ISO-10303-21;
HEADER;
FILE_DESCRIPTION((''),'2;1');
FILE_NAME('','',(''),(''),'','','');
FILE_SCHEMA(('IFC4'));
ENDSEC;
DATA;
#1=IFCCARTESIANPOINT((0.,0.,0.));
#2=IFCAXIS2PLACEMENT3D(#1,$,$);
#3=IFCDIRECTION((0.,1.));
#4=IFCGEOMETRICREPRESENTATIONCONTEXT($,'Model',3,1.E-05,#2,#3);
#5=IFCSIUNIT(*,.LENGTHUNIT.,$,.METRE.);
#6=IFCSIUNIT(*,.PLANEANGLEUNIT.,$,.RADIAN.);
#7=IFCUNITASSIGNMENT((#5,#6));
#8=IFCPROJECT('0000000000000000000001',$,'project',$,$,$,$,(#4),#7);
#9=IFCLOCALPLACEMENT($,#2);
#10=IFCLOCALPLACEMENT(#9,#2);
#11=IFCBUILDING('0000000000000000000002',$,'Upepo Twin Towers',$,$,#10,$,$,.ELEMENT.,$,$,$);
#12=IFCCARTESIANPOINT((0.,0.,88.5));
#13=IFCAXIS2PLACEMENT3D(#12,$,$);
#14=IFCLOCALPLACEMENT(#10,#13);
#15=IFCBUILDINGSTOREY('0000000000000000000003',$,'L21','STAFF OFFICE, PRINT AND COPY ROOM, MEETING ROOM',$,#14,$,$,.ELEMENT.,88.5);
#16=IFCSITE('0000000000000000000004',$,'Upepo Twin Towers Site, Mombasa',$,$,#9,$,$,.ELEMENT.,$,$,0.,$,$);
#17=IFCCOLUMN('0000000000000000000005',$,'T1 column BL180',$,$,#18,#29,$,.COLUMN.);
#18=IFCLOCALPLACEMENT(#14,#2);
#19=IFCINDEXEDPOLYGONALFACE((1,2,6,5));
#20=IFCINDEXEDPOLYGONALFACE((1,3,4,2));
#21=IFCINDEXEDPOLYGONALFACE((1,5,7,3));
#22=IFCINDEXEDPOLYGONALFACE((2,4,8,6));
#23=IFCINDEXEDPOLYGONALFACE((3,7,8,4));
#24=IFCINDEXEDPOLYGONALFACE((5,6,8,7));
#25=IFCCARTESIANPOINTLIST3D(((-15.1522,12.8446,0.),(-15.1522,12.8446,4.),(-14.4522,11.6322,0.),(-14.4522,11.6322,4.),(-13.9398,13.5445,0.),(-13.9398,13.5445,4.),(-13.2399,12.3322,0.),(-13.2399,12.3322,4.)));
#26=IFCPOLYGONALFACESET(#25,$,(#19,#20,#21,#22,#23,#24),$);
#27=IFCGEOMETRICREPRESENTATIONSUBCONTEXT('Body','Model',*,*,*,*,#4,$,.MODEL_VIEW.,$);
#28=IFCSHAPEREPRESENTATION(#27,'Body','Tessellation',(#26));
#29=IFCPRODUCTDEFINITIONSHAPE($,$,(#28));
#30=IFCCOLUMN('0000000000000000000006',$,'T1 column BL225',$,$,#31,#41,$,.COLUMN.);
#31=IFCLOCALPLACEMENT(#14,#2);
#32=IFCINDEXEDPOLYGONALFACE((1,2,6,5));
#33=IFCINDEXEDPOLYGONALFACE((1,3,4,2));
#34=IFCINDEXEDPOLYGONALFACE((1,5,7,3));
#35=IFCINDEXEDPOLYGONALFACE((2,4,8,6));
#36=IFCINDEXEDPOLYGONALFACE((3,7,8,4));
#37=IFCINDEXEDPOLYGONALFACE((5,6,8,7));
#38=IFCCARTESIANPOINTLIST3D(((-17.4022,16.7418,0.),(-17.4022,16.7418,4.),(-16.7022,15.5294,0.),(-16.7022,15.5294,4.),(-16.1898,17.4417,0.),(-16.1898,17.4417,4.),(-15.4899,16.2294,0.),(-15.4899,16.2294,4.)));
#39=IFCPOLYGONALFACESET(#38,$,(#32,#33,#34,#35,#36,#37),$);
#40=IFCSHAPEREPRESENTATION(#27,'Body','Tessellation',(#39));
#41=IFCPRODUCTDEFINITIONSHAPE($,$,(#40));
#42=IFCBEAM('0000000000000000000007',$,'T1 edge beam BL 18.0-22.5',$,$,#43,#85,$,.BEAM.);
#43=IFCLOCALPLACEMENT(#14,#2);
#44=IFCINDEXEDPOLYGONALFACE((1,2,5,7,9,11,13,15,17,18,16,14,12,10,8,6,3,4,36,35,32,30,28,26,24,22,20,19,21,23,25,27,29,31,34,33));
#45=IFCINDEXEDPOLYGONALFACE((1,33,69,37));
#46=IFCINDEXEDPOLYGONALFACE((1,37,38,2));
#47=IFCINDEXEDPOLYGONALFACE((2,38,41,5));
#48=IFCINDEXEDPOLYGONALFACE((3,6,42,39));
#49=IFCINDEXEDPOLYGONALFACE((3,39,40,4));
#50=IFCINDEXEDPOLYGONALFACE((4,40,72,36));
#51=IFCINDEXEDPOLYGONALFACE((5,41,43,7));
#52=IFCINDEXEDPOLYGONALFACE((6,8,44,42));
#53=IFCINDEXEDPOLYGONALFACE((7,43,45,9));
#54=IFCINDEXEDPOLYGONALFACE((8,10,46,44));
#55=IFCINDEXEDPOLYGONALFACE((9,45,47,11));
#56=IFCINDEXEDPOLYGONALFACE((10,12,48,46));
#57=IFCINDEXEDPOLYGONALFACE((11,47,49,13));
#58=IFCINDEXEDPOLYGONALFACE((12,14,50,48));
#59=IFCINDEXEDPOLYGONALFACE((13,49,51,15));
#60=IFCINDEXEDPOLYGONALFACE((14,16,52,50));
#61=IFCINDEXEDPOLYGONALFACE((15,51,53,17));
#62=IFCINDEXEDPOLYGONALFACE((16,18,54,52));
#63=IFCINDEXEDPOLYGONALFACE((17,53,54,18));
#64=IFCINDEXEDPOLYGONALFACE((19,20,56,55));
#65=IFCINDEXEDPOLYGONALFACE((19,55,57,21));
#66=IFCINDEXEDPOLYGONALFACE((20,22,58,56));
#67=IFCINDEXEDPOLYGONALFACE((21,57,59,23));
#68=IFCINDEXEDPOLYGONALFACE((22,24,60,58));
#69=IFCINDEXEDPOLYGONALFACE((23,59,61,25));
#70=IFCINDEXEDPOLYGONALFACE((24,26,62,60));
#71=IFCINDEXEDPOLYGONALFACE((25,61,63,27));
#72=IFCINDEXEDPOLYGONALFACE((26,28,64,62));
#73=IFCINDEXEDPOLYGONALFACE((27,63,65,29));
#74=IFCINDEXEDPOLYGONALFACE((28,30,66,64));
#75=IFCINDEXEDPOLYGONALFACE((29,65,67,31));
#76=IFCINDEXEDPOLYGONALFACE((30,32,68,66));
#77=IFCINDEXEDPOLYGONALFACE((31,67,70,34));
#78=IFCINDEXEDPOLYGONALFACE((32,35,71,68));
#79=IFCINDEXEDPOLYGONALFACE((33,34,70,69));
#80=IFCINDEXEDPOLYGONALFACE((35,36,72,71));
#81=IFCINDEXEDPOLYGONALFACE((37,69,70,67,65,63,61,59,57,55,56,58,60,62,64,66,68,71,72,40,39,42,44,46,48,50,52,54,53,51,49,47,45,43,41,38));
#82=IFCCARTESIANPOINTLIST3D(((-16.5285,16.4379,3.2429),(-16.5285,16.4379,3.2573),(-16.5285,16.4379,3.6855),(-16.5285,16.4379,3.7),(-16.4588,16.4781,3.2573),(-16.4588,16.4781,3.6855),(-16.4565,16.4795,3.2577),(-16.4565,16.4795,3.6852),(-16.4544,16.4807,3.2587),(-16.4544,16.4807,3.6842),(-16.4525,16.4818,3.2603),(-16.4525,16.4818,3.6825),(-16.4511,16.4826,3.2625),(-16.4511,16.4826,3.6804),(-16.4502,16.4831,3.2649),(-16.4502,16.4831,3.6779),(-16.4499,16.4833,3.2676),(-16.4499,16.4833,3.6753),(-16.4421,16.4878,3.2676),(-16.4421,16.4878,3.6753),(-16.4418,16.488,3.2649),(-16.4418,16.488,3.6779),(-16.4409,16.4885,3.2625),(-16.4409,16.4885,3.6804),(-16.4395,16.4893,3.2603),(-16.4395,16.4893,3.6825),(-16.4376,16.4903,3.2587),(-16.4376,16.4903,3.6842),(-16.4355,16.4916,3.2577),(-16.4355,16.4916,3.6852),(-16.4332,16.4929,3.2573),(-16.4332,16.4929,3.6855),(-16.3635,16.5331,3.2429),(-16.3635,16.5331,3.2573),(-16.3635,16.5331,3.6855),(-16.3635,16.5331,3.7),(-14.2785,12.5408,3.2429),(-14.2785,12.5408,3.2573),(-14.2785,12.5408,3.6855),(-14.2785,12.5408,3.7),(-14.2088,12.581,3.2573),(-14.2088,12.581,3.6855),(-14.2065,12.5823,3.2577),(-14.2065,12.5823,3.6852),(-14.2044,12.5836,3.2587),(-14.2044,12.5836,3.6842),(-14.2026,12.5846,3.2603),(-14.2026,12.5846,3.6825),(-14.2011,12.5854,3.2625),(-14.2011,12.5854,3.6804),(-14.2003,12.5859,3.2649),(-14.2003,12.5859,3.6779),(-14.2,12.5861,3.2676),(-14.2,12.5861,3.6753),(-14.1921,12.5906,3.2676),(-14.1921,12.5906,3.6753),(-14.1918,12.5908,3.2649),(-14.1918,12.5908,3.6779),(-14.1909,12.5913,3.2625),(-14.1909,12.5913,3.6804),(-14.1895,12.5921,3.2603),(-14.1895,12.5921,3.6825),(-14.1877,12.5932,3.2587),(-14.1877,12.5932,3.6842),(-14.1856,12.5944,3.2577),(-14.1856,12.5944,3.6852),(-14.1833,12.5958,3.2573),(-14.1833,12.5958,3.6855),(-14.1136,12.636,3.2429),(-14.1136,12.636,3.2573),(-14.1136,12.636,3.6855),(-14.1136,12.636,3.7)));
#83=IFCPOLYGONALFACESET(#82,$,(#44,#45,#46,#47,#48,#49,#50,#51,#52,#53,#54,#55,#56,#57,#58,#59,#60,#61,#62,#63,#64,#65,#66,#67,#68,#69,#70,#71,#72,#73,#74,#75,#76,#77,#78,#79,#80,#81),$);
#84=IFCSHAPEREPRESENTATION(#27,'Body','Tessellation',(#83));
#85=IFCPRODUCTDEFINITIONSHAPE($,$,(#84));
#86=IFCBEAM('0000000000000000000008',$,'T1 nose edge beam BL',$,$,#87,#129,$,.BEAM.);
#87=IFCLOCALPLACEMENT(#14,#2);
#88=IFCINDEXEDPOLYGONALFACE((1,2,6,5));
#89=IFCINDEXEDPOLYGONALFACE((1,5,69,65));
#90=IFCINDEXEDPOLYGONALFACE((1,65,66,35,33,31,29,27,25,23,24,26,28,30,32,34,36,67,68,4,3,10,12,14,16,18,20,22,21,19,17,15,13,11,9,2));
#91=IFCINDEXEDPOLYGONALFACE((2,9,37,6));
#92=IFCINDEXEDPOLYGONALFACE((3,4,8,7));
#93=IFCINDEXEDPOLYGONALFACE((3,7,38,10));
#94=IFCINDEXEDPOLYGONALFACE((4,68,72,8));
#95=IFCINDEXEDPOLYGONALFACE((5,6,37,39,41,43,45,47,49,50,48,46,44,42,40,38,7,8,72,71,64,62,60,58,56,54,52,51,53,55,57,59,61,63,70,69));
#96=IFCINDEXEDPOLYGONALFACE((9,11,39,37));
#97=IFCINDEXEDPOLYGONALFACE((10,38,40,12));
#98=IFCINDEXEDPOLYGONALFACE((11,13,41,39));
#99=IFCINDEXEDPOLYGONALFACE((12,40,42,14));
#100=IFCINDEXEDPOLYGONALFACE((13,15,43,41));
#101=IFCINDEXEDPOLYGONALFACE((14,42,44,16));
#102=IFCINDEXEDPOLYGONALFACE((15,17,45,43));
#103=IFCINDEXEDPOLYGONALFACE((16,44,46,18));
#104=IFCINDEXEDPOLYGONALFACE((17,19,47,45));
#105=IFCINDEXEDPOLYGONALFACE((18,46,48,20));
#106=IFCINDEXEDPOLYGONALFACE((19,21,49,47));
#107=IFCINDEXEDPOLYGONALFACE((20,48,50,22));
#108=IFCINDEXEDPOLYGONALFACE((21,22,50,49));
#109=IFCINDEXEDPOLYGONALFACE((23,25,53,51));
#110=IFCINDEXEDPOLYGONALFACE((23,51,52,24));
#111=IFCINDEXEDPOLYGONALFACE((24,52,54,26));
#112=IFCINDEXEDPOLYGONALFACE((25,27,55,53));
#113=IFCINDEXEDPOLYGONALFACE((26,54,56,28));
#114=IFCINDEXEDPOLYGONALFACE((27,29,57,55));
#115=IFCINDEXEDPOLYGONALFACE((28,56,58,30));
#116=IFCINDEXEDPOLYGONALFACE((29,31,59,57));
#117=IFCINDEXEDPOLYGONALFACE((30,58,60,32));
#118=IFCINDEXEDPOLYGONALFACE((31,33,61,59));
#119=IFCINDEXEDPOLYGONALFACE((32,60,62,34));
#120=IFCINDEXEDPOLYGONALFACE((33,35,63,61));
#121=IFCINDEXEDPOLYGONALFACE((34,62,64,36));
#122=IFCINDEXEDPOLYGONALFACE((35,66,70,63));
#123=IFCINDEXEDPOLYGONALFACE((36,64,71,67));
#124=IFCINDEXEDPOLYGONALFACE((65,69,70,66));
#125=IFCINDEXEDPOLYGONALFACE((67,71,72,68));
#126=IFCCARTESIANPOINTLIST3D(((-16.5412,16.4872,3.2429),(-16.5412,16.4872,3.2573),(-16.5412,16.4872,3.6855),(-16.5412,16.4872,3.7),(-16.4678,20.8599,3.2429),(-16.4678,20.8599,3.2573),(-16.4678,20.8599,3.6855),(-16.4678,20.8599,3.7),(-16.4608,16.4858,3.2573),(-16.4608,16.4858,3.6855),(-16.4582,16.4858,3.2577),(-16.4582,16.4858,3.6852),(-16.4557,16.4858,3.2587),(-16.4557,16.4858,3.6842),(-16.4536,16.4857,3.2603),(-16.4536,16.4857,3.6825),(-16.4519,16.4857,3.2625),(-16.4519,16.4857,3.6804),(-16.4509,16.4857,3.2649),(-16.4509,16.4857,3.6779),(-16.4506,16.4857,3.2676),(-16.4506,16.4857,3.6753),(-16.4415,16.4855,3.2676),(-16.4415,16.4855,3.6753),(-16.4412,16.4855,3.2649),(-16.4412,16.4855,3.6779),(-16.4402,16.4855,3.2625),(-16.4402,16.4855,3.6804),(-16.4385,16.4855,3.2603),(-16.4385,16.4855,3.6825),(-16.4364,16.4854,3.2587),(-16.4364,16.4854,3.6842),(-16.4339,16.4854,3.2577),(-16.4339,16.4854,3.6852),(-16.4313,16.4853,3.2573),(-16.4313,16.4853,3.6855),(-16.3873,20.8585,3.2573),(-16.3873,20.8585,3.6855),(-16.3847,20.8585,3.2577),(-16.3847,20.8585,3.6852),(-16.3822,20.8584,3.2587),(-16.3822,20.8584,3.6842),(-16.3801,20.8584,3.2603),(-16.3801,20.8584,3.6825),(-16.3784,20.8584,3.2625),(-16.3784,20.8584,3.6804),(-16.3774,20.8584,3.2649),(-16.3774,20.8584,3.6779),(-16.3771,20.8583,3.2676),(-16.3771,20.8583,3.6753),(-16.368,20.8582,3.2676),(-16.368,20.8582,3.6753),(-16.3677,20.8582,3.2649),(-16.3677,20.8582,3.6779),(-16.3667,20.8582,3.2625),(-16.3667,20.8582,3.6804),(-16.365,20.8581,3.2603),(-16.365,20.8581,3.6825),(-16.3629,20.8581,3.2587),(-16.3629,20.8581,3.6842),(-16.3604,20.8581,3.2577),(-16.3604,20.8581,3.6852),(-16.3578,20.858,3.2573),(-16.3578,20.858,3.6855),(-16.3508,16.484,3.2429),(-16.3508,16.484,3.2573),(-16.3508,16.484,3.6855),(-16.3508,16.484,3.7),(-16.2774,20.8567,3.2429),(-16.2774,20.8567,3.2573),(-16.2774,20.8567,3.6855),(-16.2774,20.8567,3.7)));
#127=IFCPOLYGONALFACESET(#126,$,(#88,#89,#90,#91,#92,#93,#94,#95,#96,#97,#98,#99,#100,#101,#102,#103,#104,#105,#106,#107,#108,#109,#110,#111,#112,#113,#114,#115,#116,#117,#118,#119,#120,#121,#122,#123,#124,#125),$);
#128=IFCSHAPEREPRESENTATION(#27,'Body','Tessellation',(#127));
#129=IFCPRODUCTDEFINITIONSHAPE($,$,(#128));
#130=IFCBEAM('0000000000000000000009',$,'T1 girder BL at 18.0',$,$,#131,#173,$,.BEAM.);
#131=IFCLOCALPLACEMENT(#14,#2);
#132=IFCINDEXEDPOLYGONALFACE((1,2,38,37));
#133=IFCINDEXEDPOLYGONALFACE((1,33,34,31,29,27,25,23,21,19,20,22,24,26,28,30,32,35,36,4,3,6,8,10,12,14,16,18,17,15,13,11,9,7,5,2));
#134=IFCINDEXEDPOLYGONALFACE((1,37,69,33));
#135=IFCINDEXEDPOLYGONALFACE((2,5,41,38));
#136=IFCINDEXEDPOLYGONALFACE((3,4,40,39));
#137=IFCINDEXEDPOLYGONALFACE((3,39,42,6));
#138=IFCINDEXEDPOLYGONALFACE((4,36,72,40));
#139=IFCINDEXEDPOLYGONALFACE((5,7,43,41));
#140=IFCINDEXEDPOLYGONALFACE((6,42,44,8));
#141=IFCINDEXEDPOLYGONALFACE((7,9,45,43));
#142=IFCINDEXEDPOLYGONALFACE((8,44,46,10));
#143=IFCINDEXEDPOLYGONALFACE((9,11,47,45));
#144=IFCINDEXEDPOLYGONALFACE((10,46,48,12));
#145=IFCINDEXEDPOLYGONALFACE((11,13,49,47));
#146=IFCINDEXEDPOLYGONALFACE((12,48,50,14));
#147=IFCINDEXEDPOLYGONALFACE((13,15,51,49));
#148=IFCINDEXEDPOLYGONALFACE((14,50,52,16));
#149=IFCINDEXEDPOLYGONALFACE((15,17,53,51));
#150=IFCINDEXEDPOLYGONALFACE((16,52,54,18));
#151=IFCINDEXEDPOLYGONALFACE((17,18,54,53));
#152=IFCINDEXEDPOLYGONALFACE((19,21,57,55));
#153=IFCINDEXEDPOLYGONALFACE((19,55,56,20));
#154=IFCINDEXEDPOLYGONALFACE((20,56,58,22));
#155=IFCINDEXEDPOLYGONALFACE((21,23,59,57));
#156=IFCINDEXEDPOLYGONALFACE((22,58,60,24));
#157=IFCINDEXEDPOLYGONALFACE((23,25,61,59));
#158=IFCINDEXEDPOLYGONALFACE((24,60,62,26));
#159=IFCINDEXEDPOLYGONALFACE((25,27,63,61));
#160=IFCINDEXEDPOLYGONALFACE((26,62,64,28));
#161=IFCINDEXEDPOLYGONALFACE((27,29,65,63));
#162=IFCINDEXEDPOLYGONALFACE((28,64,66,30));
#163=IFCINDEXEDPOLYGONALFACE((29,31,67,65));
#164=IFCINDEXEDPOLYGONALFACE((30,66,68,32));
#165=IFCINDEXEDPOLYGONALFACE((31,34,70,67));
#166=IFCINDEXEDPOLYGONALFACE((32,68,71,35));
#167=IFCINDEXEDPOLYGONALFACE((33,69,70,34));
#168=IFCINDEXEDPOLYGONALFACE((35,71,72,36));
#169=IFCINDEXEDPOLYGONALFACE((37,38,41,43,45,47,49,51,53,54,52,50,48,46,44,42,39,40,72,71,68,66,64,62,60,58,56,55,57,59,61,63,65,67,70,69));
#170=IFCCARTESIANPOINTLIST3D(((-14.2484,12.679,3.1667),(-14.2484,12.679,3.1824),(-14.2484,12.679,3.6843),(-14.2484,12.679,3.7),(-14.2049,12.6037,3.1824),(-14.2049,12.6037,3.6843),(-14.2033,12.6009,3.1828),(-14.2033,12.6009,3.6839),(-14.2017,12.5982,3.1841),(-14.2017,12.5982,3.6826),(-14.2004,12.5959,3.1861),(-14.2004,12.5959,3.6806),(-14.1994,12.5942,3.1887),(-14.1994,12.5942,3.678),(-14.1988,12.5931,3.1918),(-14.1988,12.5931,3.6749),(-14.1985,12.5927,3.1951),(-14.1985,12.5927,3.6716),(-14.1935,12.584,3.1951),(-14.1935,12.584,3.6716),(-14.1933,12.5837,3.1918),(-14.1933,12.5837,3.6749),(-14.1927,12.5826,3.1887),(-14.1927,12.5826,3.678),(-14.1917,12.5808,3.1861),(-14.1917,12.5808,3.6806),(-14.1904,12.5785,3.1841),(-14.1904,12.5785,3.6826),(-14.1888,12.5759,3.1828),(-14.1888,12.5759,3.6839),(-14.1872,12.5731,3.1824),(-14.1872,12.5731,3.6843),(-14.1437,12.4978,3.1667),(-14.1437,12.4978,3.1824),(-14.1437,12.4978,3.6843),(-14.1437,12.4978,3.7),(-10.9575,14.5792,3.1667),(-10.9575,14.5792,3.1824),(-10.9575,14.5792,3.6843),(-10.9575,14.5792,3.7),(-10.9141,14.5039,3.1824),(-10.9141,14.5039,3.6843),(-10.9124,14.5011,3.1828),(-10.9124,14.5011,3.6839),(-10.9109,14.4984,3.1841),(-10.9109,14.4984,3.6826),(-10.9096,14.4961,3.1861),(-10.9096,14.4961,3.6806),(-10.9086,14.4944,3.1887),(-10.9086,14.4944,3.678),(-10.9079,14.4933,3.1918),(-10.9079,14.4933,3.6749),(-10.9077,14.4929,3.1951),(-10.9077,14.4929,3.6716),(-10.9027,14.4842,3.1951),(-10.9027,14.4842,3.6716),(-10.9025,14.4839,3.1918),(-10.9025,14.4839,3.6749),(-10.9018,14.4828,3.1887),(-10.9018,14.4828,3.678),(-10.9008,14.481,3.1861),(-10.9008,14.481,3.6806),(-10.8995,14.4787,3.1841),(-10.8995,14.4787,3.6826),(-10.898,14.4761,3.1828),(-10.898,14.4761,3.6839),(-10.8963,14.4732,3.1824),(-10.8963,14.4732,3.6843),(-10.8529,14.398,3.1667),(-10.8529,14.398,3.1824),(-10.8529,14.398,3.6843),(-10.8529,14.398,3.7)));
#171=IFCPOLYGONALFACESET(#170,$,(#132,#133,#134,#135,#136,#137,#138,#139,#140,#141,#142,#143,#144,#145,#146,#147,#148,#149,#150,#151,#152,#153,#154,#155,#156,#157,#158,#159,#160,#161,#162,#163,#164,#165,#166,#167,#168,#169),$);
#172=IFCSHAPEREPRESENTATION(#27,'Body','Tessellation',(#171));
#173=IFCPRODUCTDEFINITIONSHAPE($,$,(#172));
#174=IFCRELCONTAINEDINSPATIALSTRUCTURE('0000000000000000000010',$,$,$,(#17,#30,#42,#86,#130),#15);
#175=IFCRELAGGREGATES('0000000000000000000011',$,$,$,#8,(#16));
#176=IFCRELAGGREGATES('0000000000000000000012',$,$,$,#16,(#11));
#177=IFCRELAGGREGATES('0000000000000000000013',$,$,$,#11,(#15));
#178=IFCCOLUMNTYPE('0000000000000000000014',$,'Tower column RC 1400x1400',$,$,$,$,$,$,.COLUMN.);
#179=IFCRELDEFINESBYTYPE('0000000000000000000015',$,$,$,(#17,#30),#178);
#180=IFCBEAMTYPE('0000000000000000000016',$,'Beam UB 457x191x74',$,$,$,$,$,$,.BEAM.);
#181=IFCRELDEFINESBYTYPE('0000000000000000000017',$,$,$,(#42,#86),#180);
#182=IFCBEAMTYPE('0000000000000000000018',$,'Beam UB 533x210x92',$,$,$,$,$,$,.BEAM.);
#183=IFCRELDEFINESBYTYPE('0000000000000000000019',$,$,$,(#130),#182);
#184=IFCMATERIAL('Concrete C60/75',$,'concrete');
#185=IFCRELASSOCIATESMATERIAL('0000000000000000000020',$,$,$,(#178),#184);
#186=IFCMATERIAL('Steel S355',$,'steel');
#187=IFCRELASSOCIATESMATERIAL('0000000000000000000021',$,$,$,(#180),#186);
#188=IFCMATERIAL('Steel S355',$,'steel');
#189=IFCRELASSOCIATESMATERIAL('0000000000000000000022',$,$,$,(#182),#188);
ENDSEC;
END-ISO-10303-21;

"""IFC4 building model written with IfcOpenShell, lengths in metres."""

from ifc_helpers import new_model, si_unit, direction, frame, origin, origin_2d, place, context, subcontext, project, spatial, rectangle, i_section, extrude, material, material_profile, profile_set, type_object, element, save


model = new_model("IFC4")

# Units and contexts
model_context = context("Model", 3, precision=1e-05, world=origin(), true_north=direction((0.0, 1.0)))
body_context = subcontext(model_context, "Body", "Model", "MODEL_VIEW")
ifc_project = project(units=[si_unit("LENGTHUNIT", "METRE"), si_unit("PLANEANGLEUNIT", "RADIAN")], contexts=[model_context])

# Site, building, storey
site_placement = place(None, origin())
site = spatial("IfcSite", under=ifc_project, at=site_placement, Name="Upepo Twin Towers Site, Mombasa", CompositionType="ELEMENT", RefElevation=0.0)
building_placement = place(site_placement, origin())
building = spatial("IfcBuilding", under=site, at=building_placement, Name="Upepo Twin Towers", CompositionType="ELEMENT")
storey_placement = place(building_placement, frame((0.0, 0.0, 88.5)))
storey = spatial("IfcBuildingStorey", under=building, at=storey_placement, Name="L21", Description="STAFF OFFICE, PRINT AND COPY ROOM, MEETING ROOM", CompositionType="ELEMENT", Elevation=88.5)

# Columns
ifc_material_1 = material(Name="Concrete C60/75", Category="concrete")
ifc_material_profile_1 = material_profile(ifc_material_1, rectangle(XDim=1.3999, YDim=1.3999, at=origin_2d()), Name="RC 1400x1400")
ifc_profile_set_1 = profile_set([ifc_material_profile_1], Name="Concrete C60/75")
column_type = type_object("IfcColumnType", Name="Tower column RC 1400x1400", PredefinedType="COLUMN", material=ifc_profile_set_1)
for number, where, z_axis, x_axis, name in (
    (1, (-14.196, 12.5884, 0.0), (0.0, 0.0, 1.0), (0.866025, 0.5, 0.0), "T1 column BL180"),
    (2, (-16.446, 16.4856, 0.0), (0.0, 0.0, 1.0), (0.866025, 0.5, 0.0), "T1 column BL225"),
):
    element("IfcColumn", number, at=place(storey_placement, frame(where, z_axis=z_axis, x_axis=x_axis)), inside=storey, type_object=column_type, Name=name, PredefinedType="COLUMN", context=body_context, shape_type="SweptSolid", body=[
        extrude(rectangle(XDim=1.3999, YDim=1.3999, at=origin_2d()), origin(), (0.0, 0.0, 1.0), 4.0),
    ])

# Beams
ifc_material_2 = material(Name="Steel S355", Category="steel")
ifc_material_profile_2 = material_profile(ifc_material_2, i_section(OverallWidth=0.1904, OverallDepth=0.457, WebThickness=0.009, FlangeThickness=0.0144, FilletRadius=0.0103, at=origin_2d()), Name="UB 457x191x74")
ifc_profile_set_2 = profile_set([ifc_material_profile_2], Name="Steel S355")
beam_type_1 = type_object("IfcBeamType", Name="Beam UB 457x191x74", PredefinedType="BEAM", material=ifc_profile_set_2)
beam_1_placement = place(storey_placement, frame((-14.196, 12.5884, 3.4714), z_axis=(-0.49999, 0.866031, 0.0), x_axis=(-0.866031, -0.49999, 0.0)))
element("IfcBeam", 3, at=beam_1_placement, inside=storey, type_object=beam_type_1, Name="T1 edge beam BL 18.0-22.5", PredefinedType="BEAM", context=body_context, shape_type="SweptSolid", body=[
    extrude(i_section(OverallWidth=0.1904, OverallDepth=0.457, WebThickness=0.009, FlangeThickness=0.0144, FilletRadius=0.0103, at=origin_2d()), origin(), (0.0, 0.0, 1.0), 4.5),
])
beam_2_placement = place(storey_placement, frame((-16.446, 16.4856, 3.4714), z_axis=(0.016804, 0.999859, 0.0), x_axis=(-0.999859, 0.016804, 0.0)))
element("IfcBeam", 4, at=beam_2_placement, inside=storey, type_object=beam_type_1, Name="T1 nose edge beam BL", PredefinedType="BEAM", context=body_context, shape_type="SweptSolid", body=[
    extrude(i_section(OverallWidth=0.1904, OverallDepth=0.457, WebThickness=0.009, FlangeThickness=0.0144, FilletRadius=0.0103, at=origin_2d()), origin(), (0.0, 0.0, 1.0), 4.3733),
])
ifc_material_3 = material(Name="Steel S355", Category="steel")
ifc_material_profile_3 = material_profile(ifc_material_3, i_section(OverallWidth=0.2092, OverallDepth=0.5332, WebThickness=0.01, FlangeThickness=0.0156, FilletRadius=0.0127, at=origin_2d()), Name="UB 533x210x92")
ifc_profile_set_3 = profile_set([ifc_material_profile_3], Name="Steel S355")
beam_type_2 = type_object("IfcBeamType", Name="Beam UB 533x210x92", PredefinedType="BEAM", material=ifc_profile_set_3)
beam_3_placement = place(storey_placement, frame((-14.196, 12.5884, 3.4333), z_axis=(0.866, 0.500043, 0.0), x_axis=(-0.500043, 0.866, 0.0)))
element("IfcBeam", 5, at=beam_3_placement, inside=storey, type_object=beam_type_2, Name="T1 girder BL at 18.0", PredefinedType="BEAM", context=body_context, shape_type="SweptSolid", body=[
    extrude(i_section(OverallWidth=0.2092, OverallDepth=0.5332, WebThickness=0.01, FlangeThickness=0.0156, FilletRadius=0.0127, at=origin_2d()), origin(), (0.0, 0.0, 1.0), 3.8),
])

save(model, "model.ifc")
